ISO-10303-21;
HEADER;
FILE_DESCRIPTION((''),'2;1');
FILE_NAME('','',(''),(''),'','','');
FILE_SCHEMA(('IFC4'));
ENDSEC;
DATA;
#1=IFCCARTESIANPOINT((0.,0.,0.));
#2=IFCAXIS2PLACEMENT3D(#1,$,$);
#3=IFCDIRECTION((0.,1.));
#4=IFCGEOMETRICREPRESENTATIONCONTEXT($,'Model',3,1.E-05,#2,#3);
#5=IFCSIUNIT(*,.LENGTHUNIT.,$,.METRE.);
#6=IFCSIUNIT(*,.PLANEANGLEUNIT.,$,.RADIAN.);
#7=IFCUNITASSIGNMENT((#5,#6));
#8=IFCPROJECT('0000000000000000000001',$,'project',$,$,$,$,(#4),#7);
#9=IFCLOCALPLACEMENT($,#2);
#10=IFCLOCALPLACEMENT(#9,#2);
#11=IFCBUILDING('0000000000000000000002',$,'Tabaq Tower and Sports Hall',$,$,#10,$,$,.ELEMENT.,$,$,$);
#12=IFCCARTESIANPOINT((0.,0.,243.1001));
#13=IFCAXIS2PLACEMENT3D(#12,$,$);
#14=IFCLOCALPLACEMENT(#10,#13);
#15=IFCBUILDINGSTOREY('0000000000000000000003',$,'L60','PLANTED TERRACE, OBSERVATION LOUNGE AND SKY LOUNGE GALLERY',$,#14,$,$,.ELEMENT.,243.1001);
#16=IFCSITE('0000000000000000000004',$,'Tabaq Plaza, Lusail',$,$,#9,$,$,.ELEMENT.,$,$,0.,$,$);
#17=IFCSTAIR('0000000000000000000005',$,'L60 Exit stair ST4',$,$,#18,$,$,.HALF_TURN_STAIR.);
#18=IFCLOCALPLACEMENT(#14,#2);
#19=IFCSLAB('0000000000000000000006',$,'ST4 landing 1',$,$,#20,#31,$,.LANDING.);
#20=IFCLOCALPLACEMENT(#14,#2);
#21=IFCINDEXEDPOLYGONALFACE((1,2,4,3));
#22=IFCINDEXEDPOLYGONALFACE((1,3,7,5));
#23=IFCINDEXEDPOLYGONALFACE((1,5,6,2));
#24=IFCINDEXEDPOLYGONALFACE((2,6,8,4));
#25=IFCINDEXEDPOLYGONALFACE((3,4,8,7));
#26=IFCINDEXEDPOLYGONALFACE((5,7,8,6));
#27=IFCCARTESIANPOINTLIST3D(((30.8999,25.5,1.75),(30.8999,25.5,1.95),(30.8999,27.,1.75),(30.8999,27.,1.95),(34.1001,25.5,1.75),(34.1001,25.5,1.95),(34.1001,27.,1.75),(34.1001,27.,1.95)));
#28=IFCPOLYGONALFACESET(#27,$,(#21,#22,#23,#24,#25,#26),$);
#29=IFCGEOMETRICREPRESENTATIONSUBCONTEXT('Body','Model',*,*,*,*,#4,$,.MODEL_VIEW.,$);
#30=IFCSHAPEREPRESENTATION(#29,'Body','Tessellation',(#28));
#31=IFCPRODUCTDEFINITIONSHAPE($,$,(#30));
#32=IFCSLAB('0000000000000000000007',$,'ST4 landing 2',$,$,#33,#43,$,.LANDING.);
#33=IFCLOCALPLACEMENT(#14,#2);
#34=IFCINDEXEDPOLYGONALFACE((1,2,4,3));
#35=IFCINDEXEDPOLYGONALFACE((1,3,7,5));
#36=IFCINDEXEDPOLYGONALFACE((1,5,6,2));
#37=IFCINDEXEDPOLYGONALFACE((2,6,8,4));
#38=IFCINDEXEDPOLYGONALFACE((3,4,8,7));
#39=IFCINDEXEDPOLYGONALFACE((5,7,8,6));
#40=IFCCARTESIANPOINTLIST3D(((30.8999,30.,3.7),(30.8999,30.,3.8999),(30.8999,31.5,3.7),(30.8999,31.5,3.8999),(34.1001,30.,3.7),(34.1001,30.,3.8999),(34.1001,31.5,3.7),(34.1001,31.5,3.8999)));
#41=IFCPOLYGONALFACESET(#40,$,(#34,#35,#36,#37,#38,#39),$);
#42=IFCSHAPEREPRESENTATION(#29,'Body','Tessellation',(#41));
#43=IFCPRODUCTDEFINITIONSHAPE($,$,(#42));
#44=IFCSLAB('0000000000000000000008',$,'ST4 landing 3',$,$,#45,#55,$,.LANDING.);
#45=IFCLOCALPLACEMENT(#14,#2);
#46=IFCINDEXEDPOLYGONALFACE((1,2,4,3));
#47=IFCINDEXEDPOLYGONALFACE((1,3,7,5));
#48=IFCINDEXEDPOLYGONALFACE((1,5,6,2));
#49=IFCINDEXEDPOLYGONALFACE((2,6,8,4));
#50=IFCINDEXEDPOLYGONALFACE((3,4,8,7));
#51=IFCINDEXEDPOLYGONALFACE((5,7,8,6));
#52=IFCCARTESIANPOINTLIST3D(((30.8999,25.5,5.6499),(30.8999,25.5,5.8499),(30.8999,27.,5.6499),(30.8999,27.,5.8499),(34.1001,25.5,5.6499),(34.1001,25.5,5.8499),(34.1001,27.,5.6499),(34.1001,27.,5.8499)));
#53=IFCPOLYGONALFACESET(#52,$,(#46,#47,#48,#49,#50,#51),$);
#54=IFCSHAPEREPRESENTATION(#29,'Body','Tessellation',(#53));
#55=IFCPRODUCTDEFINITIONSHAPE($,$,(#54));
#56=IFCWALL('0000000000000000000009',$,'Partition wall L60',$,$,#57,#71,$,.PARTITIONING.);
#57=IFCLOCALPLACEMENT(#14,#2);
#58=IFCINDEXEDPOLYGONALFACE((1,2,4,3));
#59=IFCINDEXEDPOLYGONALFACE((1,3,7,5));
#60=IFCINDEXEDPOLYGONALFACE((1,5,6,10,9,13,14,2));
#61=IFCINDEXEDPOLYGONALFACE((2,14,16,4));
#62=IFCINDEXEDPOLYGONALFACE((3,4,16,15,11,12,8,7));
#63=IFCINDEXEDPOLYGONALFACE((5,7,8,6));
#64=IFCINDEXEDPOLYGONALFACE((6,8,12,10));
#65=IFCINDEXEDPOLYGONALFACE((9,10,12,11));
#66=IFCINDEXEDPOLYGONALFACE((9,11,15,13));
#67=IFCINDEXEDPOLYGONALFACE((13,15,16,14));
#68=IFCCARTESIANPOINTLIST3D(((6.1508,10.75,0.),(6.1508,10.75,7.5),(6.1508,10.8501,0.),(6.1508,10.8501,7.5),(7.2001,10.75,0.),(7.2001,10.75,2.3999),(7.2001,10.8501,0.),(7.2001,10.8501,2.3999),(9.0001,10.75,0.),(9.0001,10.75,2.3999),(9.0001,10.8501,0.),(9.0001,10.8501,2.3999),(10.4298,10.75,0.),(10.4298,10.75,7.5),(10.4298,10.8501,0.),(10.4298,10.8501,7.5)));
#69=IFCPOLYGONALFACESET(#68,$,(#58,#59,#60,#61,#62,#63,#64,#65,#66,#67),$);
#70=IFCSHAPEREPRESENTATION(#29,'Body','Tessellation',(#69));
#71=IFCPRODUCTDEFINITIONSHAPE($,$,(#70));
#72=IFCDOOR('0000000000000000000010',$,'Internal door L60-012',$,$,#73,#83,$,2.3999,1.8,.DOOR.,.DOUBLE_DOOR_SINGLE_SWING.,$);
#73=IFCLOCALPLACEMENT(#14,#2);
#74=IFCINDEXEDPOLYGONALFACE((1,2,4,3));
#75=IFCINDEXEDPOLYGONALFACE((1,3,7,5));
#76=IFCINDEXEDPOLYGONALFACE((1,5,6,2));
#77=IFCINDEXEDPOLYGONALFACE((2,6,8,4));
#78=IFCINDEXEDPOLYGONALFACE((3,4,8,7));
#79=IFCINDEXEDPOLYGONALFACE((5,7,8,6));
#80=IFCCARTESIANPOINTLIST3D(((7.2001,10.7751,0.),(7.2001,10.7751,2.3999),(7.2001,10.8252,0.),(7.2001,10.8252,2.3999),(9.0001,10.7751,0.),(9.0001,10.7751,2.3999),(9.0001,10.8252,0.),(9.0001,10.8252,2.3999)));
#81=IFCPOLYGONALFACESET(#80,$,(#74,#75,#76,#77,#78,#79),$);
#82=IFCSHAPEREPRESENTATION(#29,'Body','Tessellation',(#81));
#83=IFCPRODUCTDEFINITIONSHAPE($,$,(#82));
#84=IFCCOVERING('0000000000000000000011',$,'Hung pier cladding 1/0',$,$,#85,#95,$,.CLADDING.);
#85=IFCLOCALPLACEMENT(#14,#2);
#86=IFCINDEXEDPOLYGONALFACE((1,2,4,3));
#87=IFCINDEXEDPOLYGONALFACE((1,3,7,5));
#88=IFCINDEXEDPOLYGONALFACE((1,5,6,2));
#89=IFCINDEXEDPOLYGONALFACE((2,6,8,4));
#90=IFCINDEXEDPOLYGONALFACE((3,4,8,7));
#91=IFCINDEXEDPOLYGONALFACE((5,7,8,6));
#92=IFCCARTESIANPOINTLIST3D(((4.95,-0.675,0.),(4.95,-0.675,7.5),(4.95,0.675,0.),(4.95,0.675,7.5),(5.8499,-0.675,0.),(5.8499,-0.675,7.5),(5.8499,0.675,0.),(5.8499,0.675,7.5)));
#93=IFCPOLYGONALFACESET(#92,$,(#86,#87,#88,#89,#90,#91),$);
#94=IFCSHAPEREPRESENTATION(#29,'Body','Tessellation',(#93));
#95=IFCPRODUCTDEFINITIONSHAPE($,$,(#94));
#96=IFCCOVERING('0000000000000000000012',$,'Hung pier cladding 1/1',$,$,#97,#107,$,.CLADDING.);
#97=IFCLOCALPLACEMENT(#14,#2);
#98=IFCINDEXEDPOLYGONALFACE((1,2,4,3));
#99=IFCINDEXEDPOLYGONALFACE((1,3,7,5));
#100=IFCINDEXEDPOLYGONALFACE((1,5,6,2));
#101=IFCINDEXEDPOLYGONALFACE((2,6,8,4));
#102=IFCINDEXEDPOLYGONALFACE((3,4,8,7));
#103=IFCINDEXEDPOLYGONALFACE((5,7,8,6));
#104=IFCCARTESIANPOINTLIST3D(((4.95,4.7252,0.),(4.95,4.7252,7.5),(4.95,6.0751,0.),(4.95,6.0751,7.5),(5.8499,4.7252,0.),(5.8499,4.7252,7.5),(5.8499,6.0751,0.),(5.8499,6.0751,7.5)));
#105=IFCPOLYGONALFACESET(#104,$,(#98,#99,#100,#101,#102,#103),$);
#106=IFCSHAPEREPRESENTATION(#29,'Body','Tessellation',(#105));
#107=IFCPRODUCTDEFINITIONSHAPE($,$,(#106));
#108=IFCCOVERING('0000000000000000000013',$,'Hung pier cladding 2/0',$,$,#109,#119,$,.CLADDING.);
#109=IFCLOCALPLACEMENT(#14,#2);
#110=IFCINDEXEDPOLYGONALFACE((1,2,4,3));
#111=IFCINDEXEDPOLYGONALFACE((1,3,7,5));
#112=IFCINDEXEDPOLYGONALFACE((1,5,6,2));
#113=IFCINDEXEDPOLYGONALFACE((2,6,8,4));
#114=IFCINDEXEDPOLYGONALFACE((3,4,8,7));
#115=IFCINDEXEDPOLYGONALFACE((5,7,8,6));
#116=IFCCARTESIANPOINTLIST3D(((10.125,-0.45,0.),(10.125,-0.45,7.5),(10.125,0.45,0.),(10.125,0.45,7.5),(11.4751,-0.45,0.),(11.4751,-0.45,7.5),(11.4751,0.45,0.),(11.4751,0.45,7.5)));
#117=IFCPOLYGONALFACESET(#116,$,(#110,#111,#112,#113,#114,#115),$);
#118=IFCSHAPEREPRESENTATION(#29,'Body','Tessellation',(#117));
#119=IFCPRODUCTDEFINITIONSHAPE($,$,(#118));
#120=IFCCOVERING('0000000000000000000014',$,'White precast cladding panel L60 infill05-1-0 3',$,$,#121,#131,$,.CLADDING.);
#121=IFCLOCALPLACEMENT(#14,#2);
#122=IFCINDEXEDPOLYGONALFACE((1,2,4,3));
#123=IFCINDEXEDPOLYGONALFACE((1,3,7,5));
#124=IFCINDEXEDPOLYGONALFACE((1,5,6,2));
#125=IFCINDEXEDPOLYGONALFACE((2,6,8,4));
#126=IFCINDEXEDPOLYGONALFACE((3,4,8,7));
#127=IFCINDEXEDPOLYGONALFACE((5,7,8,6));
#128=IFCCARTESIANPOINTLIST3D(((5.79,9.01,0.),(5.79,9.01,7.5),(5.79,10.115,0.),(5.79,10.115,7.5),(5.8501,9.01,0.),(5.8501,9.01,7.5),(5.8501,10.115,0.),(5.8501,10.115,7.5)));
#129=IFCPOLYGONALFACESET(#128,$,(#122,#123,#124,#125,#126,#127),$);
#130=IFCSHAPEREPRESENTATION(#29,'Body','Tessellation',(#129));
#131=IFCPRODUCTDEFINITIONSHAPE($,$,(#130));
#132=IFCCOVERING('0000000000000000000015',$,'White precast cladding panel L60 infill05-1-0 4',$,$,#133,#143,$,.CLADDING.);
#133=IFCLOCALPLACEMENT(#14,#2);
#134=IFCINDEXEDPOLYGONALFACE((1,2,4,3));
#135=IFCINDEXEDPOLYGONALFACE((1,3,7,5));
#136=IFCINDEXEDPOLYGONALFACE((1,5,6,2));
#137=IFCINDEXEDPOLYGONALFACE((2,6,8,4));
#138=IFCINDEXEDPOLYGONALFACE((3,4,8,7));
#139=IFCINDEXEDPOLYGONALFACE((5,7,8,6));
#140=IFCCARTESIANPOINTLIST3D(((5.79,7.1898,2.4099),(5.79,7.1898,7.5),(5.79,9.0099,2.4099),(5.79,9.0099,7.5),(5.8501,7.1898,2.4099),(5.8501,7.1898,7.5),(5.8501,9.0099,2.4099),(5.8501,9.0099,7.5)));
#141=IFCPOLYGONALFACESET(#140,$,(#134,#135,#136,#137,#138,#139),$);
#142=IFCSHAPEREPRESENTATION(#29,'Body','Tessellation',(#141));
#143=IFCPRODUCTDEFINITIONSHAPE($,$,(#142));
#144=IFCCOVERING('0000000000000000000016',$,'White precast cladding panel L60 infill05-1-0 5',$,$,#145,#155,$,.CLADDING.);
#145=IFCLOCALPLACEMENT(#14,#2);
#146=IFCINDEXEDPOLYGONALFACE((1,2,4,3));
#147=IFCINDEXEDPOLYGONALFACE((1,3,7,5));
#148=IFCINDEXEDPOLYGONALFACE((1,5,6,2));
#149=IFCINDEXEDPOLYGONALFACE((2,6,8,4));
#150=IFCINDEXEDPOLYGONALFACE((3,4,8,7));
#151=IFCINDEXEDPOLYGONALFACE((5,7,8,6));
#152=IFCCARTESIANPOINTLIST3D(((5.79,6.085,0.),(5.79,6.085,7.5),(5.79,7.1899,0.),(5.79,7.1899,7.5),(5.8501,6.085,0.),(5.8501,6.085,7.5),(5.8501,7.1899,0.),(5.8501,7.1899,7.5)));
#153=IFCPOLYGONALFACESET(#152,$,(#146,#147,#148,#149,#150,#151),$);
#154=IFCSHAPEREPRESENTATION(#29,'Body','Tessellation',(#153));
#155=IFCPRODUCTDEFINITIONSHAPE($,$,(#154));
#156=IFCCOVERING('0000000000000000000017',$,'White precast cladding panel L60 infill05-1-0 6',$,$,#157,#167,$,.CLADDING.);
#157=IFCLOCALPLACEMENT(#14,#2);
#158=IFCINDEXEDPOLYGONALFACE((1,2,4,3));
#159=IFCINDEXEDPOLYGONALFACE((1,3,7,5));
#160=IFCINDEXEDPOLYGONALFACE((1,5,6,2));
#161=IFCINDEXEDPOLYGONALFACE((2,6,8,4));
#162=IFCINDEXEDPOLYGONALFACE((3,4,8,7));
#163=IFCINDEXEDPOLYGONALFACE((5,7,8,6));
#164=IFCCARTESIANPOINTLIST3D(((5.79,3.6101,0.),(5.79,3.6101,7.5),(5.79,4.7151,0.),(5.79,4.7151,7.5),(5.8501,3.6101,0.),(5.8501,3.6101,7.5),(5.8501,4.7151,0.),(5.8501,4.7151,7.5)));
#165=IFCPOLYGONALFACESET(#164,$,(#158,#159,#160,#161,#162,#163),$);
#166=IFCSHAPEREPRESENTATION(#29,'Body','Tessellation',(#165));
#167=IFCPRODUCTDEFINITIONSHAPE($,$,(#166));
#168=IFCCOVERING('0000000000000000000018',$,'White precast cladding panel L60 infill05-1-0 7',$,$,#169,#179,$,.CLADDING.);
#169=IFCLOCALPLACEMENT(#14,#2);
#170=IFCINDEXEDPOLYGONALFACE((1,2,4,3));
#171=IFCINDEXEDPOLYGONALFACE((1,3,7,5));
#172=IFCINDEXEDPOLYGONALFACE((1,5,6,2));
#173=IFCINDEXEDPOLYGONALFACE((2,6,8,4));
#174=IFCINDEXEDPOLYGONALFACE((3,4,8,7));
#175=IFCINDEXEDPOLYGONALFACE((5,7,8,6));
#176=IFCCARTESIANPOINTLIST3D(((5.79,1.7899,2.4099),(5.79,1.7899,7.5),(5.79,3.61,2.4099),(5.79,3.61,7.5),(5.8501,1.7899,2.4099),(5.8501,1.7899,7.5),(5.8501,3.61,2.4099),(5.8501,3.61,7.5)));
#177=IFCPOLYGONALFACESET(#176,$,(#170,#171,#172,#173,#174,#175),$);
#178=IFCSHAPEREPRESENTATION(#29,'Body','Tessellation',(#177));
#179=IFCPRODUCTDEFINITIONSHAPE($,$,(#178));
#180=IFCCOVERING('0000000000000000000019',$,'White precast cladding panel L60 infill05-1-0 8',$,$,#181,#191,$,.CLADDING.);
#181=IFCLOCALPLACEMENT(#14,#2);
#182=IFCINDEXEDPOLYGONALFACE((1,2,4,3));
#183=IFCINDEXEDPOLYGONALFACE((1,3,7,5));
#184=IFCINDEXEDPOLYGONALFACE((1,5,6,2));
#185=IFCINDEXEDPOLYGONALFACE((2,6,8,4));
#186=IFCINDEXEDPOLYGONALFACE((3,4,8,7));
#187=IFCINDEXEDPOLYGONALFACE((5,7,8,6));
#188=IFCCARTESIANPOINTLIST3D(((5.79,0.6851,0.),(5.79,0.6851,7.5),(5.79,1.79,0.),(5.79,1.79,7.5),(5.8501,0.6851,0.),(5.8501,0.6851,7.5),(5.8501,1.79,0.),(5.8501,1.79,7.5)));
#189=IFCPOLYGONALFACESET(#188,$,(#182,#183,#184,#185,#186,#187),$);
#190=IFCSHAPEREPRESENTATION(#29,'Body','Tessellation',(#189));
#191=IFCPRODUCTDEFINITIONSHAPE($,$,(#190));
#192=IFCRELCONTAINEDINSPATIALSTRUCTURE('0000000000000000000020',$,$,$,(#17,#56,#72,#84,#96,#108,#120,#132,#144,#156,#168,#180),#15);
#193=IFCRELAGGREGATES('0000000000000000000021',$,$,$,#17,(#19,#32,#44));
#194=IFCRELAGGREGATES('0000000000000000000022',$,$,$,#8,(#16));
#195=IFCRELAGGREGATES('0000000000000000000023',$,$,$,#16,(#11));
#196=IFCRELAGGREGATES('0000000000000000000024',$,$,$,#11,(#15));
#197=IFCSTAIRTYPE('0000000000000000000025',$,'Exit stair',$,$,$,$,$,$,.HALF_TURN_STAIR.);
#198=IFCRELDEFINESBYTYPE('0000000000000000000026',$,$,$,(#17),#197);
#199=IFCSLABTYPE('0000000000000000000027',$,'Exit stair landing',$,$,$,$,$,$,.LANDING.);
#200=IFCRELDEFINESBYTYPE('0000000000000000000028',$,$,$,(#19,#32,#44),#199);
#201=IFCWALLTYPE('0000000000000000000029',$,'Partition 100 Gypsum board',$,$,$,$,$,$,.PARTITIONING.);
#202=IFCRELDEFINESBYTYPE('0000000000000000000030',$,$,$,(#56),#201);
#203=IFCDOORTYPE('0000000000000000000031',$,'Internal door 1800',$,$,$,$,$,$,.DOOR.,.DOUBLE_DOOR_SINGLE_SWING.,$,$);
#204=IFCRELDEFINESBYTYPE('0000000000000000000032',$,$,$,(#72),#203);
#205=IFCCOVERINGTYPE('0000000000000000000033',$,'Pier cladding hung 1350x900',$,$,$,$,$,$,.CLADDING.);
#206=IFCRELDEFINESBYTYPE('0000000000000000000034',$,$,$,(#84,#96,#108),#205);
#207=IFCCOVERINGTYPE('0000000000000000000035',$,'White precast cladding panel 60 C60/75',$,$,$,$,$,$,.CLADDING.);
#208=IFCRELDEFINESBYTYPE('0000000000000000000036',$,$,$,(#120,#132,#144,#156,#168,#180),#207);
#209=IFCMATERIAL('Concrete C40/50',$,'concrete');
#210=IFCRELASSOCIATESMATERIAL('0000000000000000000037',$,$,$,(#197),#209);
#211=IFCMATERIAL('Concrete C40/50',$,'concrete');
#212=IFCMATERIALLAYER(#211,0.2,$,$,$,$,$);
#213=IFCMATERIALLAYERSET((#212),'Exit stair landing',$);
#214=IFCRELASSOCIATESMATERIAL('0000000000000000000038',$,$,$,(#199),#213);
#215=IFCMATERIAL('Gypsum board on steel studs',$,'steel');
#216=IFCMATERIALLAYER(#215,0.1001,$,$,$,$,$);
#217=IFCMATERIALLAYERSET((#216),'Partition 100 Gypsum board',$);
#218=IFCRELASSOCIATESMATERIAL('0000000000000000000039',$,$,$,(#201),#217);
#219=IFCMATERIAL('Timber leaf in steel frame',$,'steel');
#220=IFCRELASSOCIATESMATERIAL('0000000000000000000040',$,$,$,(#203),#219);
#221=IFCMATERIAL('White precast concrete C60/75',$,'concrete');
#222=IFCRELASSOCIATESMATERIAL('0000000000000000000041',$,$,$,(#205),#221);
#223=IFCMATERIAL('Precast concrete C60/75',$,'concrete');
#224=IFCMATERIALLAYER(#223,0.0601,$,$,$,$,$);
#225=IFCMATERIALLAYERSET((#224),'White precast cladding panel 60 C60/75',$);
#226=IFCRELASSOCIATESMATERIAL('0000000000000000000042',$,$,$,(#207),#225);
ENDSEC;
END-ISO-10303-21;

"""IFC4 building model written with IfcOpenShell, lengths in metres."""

from ifc_helpers import new_model, si_unit, direction, frame, frame_2d, origin, place, context, subcontext, project, spatial, polyline, rectangle, outline, extrude, material, layer, layer_set, type_object, element, fill, aggregate, save


model = new_model("IFC4")

# Units and contexts
model_context = context("Model", 3, precision=1e-05, world=origin(), true_north=direction((0.0, 1.0)))
body_context = subcontext(model_context, "Body", "Model", "MODEL_VIEW")
ifc_project = project(units=[si_unit("LENGTHUNIT", "METRE"), si_unit("PLANEANGLEUNIT", "RADIAN")], contexts=[model_context])

# Site, building, storey
site_placement = place(None, origin())
site = spatial("IfcSite", under=ifc_project, at=site_placement, Name="Tabaq Plaza, Lusail", CompositionType="ELEMENT", RefElevation=0.0)
building_placement = place(site_placement, origin())
building = spatial("IfcBuilding", under=site, at=building_placement, Name="Tabaq Tower and Sports Hall", CompositionType="ELEMENT")
storey_placement = place(building_placement, frame((0.0, 0.0, 243.1001)))
storey = spatial("IfcBuildingStorey", under=building, at=storey_placement, Name="L60", Description="PLANTED TERRACE, OBSERVATION LOUNGE AND SKY LOUNGE GALLERY", CompositionType="ELEMENT", Elevation=243.1001)

# Stair, slabs
ifc_material_1 = material(Name="Concrete C40/50", Category="concrete")
stair_type = type_object("IfcStairType", Name="Exit stair", PredefinedType="HALF_TURN_STAIR", material=ifc_material_1)
stair_placement = place(storey_placement, origin())
stair = element("IfcStair", 1, at=stair_placement, inside=storey, type_object=stair_type, Name="L60 Exit stair ST4", PredefinedType="HALF_TURN_STAIR")
ifc_material_2 = material(Name="Concrete C40/50", Category="concrete")
ifc_layer_1 = layer(ifc_material_2, 0.2)
ifc_layer_set_1 = layer_set([ifc_layer_1], Name="Exit stair landing")
slab_type = type_object("IfcSlabType", Name="Exit stair landing", PredefinedType="LANDING", material=ifc_layer_set_1)
slab_1_placement = place(storey_placement, frame((0.0, 0.0, 1.75)))
slab_1 = element("IfcSlab", 2, at=slab_1_placement, type_object=slab_type, Name="ST4 landing 1", PredefinedType="LANDING", context=body_context, shape_type="SweptSolid", body=[
    extrude(outline(polyline([(30.8999, 27.0), (30.8999, 25.5), (34.1001, 25.5), (34.1001, 27.0), (30.8999, 27.0)])), origin(), (0.0, 0.0, 1.0), 0.2),
])
slab_2_placement = place(storey_placement, frame((0.0, 0.0, 3.7)))
slab_2 = element("IfcSlab", 3, at=slab_2_placement, type_object=slab_type, Name="ST4 landing 2", PredefinedType="LANDING", context=body_context, shape_type="SweptSolid", body=[
    extrude(outline(polyline([(30.8999, 31.5), (30.8999, 30.0), (34.1001, 30.0), (34.1001, 31.5), (30.8999, 31.5)])), origin(), (0.0, 0.0, 1.0), 0.2),
])
slab_3_placement = place(storey_placement, frame((0.0, 0.0, 5.6499)))
slab_3 = element("IfcSlab", 4, at=slab_3_placement, type_object=slab_type, Name="ST4 landing 3", PredefinedType="LANDING", context=body_context, shape_type="SweptSolid", body=[
    extrude(outline(polyline([(30.8999, 27.0), (30.8999, 25.5), (34.1001, 25.5), (34.1001, 27.0), (30.8999, 27.0)])), origin(), (0.0, 0.0, 1.0), 0.2),
])
aggregate(stair, [slab_1, slab_2, slab_3])

# Wall, opening, door
ifc_material_3 = material(Name="Gypsum board on steel studs", Category="steel")
ifc_layer_2 = layer(ifc_material_3, 0.1001)
ifc_layer_set_2 = layer_set([ifc_layer_2], Name="Partition 100 Gypsum board")
wall_type = type_object("IfcWallType", Name="Partition 100 Gypsum board", PredefinedType="PARTITIONING", material=ifc_layer_set_2)
wall_placement = place(storey_placement, frame((10.4299, 10.8, 0.0), z_axis=(0.0, 0.0, 1.0), x_axis=(-1.0, 0.0, 0.0)))
wall = element("IfcWall", 5, at=wall_placement, inside=storey, type_object=wall_type, Name="Partition wall L60", PredefinedType="PARTITIONING", context=body_context, shape_type="SweptSolid", body=[
    extrude(rectangle(XDim=4.2791, YDim=0.1001, at=frame_2d((2.1396, 0.0))), origin(), (0.0, 0.0, 1.0), 7.5),
])
opening_placement = place(wall_placement, frame((1.4299, 0.0, 0.0)))
opening = element("IfcOpeningElement", 6, at=opening_placement, cuts=wall, PredefinedType="OPENING", context=body_context, shape_type="SweptSolid", body=[
    extrude(rectangle(XDim=1.8, YDim=2.3999, at=frame_2d((0.8999, 1.2))), frame((0.0, 0.05, 0.0), z_axis=(0.0, -1.0, 0.0), x_axis=(1.0, 0.0, 0.0)), (0.0, 0.0, 1.0), 0.1001),
])
ifc_material_4 = material(Name="Timber leaf in steel frame", Category="steel")
door_type = type_object("IfcDoorType", Name="Internal door 1800", OperationType="DOUBLE_DOOR_SINGLE_SWING", PredefinedType="DOOR", material=ifc_material_4)
door_placement = place(opening_placement, origin())
door = element("IfcDoor", 7, at=door_placement, inside=storey, type_object=door_type, Name="Internal door L60-012", OperationType="DOUBLE_DOOR_SINGLE_SWING", OverallHeight=2.3999, OverallWidth=1.8, PredefinedType="DOOR", context=body_context, shape_type="SweptSolid", body=[
    extrude(rectangle(XDim=1.8, YDim=2.3999, at=frame_2d((0.8999, 1.2))), frame((0.0, 0.0249, 0.0), z_axis=(0.0, -1.0, 0.0), x_axis=(1.0, 0.0, 0.0)), (0.0, 0.0, 1.0), 0.05),
])
fill(opening, door)

# Coverings
ifc_material_5 = material(Name="White precast concrete C60/75", Category="concrete")
covering_type_1 = type_object("IfcCoveringType", Name="Pier cladding hung 1350x900", PredefinedType="CLADDING", material=ifc_material_5)
covering_1_placement = place(storey_placement, frame((5.3999, 0.675, 0.0), z_axis=(0.0, 0.0, 1.0), x_axis=(0.0, -1.0, 0.0)))
element("IfcCovering", 8, at=covering_1_placement, inside=storey, type_object=covering_type_1, Name="Hung pier cladding 1/0", PredefinedType="CLADDING", context=body_context, shape_type="SweptSolid", body=[
    extrude(rectangle(XDim=1.3501, YDim=0.8999, at=frame_2d((0.675, 0.0))), origin(), (0.0, 0.0, 1.0), 7.5),
])
covering_2_placement = place(storey_placement, frame((5.3999, 6.075, 0.0), z_axis=(0.0, 0.0, 1.0), x_axis=(0.0, -1.0, 0.0)))
element("IfcCovering", 9, at=covering_2_placement, inside=storey, type_object=covering_type_1, Name="Hung pier cladding 1/1", PredefinedType="CLADDING", context=body_context, shape_type="SweptSolid", body=[
    extrude(rectangle(XDim=1.3499, YDim=0.8999, at=frame_2d((0.6748, 0.0))), origin(), (0.0, 0.0, 1.0), 7.5),
])
covering_3_placement = place(storey_placement, frame((10.125, 0.0, 0.0), z_axis=(0.0, 0.0, 1.0), x_axis=(1.0, 0.0, 0.0)))
element("IfcCovering", 10, at=covering_3_placement, inside=storey, type_object=covering_type_1, Name="Hung pier cladding 2/0", PredefinedType="CLADDING", context=body_context, shape_type="SweptSolid", body=[
    extrude(rectangle(XDim=1.3501, YDim=0.8999, at=frame_2d((0.675, 0.0))), origin(), (0.0, 0.0, 1.0), 7.5),
])
ifc_material_6 = material(Name="Precast concrete C60/75", Category="concrete")
ifc_layer_3 = layer(ifc_material_6, 0.0601)
ifc_layer_set_3 = layer_set([ifc_layer_3], Name="White precast cladding panel 60 C60/75")
covering_type_2 = type_object("IfcCoveringType", Name="White precast cladding panel 60 C60/75", PredefinedType="CLADDING", material=ifc_layer_set_3)
covering_4_placement = place(storey_placement, frame((5.8201, 10.115, 0.0), z_axis=(0.0, 0.0, 1.0), x_axis=(0.0, -1.0, 0.0)))
element("IfcCovering", 11, at=covering_4_placement, inside=storey, type_object=covering_type_2, Name="White precast cladding panel L60 infill05-1-0 3", PredefinedType="CLADDING", context=body_context, shape_type="SweptSolid", body=[
    extrude(rectangle(XDim=1.105, YDim=0.0601, at=frame_2d((0.5525, 0.0))), origin(), (0.0, 0.0, 1.0), 7.5),
])
covering_5_placement = place(storey_placement, frame((5.8201, 9.01, 2.4099), z_axis=(0.0, 0.0, 1.0), x_axis=(0.0, -1.0, 0.0)))
element("IfcCovering", 12, at=covering_5_placement, inside=storey, type_object=covering_type_2, Name="White precast cladding panel L60 infill05-1-0 4", PredefinedType="CLADDING", context=body_context, shape_type="SweptSolid", body=[
    extrude(rectangle(XDim=1.8201, YDim=0.0601, at=frame_2d((0.9102, 0.0))), origin(), (0.0, 0.0, 1.0), 5.0901),
])
for number, where, z_axis, x_axis, name in (
    (13, (5.8201, 7.1899, 0.0), (0.0, 0.0, 1.0), (0.0, -1.0, 0.0), "White precast cladding panel L60 infill05-1-0 5"),
    (14, (5.8201, 4.7151, 0.0), (0.0, 0.0, 1.0), (0.0, -1.0, 0.0), "White precast cladding panel L60 infill05-1-0 6"),
):
    element("IfcCovering", number, at=place(storey_placement, frame(where, z_axis=z_axis, x_axis=x_axis)), inside=storey, type_object=covering_type_2, Name=name, PredefinedType="CLADDING", context=body_context, shape_type="SweptSolid", body=[
        extrude(rectangle(XDim=1.105, YDim=0.0601, at=frame_2d((0.5525, 0.0))), origin(), (0.0, 0.0, 1.0), 7.5),
    ])
covering_6_placement = place(storey_placement, frame((5.8201, 3.6101, 2.4099), z_axis=(0.0, 0.0, 1.0), x_axis=(0.0, -1.0, 0.0)))
element("IfcCovering", 15, at=covering_6_placement, inside=storey, type_object=covering_type_2, Name="White precast cladding panel L60 infill05-1-0 7", PredefinedType="CLADDING", context=body_context, shape_type="SweptSolid", body=[
    extrude(rectangle(XDim=1.8201, YDim=0.0601, at=frame_2d((0.9102, 0.0))), origin(), (0.0, 0.0, 1.0), 5.0901),
])
covering_7_placement = place(storey_placement, frame((5.8201, 1.79, 0.0), z_axis=(0.0, 0.0, 1.0), x_axis=(0.0, -1.0, 0.0)))
element("IfcCovering", 16, at=covering_7_placement, inside=storey, type_object=covering_type_2, Name="White precast cladding panel L60 infill05-1-0 8", PredefinedType="CLADDING", context=body_context, shape_type="SweptSolid", body=[
    extrude(rectangle(XDim=1.105, YDim=0.0601, at=frame_2d((0.5525, 0.0))), origin(), (0.0, 0.0, 1.0), 7.5),
])

save(model, "model.ifc")
